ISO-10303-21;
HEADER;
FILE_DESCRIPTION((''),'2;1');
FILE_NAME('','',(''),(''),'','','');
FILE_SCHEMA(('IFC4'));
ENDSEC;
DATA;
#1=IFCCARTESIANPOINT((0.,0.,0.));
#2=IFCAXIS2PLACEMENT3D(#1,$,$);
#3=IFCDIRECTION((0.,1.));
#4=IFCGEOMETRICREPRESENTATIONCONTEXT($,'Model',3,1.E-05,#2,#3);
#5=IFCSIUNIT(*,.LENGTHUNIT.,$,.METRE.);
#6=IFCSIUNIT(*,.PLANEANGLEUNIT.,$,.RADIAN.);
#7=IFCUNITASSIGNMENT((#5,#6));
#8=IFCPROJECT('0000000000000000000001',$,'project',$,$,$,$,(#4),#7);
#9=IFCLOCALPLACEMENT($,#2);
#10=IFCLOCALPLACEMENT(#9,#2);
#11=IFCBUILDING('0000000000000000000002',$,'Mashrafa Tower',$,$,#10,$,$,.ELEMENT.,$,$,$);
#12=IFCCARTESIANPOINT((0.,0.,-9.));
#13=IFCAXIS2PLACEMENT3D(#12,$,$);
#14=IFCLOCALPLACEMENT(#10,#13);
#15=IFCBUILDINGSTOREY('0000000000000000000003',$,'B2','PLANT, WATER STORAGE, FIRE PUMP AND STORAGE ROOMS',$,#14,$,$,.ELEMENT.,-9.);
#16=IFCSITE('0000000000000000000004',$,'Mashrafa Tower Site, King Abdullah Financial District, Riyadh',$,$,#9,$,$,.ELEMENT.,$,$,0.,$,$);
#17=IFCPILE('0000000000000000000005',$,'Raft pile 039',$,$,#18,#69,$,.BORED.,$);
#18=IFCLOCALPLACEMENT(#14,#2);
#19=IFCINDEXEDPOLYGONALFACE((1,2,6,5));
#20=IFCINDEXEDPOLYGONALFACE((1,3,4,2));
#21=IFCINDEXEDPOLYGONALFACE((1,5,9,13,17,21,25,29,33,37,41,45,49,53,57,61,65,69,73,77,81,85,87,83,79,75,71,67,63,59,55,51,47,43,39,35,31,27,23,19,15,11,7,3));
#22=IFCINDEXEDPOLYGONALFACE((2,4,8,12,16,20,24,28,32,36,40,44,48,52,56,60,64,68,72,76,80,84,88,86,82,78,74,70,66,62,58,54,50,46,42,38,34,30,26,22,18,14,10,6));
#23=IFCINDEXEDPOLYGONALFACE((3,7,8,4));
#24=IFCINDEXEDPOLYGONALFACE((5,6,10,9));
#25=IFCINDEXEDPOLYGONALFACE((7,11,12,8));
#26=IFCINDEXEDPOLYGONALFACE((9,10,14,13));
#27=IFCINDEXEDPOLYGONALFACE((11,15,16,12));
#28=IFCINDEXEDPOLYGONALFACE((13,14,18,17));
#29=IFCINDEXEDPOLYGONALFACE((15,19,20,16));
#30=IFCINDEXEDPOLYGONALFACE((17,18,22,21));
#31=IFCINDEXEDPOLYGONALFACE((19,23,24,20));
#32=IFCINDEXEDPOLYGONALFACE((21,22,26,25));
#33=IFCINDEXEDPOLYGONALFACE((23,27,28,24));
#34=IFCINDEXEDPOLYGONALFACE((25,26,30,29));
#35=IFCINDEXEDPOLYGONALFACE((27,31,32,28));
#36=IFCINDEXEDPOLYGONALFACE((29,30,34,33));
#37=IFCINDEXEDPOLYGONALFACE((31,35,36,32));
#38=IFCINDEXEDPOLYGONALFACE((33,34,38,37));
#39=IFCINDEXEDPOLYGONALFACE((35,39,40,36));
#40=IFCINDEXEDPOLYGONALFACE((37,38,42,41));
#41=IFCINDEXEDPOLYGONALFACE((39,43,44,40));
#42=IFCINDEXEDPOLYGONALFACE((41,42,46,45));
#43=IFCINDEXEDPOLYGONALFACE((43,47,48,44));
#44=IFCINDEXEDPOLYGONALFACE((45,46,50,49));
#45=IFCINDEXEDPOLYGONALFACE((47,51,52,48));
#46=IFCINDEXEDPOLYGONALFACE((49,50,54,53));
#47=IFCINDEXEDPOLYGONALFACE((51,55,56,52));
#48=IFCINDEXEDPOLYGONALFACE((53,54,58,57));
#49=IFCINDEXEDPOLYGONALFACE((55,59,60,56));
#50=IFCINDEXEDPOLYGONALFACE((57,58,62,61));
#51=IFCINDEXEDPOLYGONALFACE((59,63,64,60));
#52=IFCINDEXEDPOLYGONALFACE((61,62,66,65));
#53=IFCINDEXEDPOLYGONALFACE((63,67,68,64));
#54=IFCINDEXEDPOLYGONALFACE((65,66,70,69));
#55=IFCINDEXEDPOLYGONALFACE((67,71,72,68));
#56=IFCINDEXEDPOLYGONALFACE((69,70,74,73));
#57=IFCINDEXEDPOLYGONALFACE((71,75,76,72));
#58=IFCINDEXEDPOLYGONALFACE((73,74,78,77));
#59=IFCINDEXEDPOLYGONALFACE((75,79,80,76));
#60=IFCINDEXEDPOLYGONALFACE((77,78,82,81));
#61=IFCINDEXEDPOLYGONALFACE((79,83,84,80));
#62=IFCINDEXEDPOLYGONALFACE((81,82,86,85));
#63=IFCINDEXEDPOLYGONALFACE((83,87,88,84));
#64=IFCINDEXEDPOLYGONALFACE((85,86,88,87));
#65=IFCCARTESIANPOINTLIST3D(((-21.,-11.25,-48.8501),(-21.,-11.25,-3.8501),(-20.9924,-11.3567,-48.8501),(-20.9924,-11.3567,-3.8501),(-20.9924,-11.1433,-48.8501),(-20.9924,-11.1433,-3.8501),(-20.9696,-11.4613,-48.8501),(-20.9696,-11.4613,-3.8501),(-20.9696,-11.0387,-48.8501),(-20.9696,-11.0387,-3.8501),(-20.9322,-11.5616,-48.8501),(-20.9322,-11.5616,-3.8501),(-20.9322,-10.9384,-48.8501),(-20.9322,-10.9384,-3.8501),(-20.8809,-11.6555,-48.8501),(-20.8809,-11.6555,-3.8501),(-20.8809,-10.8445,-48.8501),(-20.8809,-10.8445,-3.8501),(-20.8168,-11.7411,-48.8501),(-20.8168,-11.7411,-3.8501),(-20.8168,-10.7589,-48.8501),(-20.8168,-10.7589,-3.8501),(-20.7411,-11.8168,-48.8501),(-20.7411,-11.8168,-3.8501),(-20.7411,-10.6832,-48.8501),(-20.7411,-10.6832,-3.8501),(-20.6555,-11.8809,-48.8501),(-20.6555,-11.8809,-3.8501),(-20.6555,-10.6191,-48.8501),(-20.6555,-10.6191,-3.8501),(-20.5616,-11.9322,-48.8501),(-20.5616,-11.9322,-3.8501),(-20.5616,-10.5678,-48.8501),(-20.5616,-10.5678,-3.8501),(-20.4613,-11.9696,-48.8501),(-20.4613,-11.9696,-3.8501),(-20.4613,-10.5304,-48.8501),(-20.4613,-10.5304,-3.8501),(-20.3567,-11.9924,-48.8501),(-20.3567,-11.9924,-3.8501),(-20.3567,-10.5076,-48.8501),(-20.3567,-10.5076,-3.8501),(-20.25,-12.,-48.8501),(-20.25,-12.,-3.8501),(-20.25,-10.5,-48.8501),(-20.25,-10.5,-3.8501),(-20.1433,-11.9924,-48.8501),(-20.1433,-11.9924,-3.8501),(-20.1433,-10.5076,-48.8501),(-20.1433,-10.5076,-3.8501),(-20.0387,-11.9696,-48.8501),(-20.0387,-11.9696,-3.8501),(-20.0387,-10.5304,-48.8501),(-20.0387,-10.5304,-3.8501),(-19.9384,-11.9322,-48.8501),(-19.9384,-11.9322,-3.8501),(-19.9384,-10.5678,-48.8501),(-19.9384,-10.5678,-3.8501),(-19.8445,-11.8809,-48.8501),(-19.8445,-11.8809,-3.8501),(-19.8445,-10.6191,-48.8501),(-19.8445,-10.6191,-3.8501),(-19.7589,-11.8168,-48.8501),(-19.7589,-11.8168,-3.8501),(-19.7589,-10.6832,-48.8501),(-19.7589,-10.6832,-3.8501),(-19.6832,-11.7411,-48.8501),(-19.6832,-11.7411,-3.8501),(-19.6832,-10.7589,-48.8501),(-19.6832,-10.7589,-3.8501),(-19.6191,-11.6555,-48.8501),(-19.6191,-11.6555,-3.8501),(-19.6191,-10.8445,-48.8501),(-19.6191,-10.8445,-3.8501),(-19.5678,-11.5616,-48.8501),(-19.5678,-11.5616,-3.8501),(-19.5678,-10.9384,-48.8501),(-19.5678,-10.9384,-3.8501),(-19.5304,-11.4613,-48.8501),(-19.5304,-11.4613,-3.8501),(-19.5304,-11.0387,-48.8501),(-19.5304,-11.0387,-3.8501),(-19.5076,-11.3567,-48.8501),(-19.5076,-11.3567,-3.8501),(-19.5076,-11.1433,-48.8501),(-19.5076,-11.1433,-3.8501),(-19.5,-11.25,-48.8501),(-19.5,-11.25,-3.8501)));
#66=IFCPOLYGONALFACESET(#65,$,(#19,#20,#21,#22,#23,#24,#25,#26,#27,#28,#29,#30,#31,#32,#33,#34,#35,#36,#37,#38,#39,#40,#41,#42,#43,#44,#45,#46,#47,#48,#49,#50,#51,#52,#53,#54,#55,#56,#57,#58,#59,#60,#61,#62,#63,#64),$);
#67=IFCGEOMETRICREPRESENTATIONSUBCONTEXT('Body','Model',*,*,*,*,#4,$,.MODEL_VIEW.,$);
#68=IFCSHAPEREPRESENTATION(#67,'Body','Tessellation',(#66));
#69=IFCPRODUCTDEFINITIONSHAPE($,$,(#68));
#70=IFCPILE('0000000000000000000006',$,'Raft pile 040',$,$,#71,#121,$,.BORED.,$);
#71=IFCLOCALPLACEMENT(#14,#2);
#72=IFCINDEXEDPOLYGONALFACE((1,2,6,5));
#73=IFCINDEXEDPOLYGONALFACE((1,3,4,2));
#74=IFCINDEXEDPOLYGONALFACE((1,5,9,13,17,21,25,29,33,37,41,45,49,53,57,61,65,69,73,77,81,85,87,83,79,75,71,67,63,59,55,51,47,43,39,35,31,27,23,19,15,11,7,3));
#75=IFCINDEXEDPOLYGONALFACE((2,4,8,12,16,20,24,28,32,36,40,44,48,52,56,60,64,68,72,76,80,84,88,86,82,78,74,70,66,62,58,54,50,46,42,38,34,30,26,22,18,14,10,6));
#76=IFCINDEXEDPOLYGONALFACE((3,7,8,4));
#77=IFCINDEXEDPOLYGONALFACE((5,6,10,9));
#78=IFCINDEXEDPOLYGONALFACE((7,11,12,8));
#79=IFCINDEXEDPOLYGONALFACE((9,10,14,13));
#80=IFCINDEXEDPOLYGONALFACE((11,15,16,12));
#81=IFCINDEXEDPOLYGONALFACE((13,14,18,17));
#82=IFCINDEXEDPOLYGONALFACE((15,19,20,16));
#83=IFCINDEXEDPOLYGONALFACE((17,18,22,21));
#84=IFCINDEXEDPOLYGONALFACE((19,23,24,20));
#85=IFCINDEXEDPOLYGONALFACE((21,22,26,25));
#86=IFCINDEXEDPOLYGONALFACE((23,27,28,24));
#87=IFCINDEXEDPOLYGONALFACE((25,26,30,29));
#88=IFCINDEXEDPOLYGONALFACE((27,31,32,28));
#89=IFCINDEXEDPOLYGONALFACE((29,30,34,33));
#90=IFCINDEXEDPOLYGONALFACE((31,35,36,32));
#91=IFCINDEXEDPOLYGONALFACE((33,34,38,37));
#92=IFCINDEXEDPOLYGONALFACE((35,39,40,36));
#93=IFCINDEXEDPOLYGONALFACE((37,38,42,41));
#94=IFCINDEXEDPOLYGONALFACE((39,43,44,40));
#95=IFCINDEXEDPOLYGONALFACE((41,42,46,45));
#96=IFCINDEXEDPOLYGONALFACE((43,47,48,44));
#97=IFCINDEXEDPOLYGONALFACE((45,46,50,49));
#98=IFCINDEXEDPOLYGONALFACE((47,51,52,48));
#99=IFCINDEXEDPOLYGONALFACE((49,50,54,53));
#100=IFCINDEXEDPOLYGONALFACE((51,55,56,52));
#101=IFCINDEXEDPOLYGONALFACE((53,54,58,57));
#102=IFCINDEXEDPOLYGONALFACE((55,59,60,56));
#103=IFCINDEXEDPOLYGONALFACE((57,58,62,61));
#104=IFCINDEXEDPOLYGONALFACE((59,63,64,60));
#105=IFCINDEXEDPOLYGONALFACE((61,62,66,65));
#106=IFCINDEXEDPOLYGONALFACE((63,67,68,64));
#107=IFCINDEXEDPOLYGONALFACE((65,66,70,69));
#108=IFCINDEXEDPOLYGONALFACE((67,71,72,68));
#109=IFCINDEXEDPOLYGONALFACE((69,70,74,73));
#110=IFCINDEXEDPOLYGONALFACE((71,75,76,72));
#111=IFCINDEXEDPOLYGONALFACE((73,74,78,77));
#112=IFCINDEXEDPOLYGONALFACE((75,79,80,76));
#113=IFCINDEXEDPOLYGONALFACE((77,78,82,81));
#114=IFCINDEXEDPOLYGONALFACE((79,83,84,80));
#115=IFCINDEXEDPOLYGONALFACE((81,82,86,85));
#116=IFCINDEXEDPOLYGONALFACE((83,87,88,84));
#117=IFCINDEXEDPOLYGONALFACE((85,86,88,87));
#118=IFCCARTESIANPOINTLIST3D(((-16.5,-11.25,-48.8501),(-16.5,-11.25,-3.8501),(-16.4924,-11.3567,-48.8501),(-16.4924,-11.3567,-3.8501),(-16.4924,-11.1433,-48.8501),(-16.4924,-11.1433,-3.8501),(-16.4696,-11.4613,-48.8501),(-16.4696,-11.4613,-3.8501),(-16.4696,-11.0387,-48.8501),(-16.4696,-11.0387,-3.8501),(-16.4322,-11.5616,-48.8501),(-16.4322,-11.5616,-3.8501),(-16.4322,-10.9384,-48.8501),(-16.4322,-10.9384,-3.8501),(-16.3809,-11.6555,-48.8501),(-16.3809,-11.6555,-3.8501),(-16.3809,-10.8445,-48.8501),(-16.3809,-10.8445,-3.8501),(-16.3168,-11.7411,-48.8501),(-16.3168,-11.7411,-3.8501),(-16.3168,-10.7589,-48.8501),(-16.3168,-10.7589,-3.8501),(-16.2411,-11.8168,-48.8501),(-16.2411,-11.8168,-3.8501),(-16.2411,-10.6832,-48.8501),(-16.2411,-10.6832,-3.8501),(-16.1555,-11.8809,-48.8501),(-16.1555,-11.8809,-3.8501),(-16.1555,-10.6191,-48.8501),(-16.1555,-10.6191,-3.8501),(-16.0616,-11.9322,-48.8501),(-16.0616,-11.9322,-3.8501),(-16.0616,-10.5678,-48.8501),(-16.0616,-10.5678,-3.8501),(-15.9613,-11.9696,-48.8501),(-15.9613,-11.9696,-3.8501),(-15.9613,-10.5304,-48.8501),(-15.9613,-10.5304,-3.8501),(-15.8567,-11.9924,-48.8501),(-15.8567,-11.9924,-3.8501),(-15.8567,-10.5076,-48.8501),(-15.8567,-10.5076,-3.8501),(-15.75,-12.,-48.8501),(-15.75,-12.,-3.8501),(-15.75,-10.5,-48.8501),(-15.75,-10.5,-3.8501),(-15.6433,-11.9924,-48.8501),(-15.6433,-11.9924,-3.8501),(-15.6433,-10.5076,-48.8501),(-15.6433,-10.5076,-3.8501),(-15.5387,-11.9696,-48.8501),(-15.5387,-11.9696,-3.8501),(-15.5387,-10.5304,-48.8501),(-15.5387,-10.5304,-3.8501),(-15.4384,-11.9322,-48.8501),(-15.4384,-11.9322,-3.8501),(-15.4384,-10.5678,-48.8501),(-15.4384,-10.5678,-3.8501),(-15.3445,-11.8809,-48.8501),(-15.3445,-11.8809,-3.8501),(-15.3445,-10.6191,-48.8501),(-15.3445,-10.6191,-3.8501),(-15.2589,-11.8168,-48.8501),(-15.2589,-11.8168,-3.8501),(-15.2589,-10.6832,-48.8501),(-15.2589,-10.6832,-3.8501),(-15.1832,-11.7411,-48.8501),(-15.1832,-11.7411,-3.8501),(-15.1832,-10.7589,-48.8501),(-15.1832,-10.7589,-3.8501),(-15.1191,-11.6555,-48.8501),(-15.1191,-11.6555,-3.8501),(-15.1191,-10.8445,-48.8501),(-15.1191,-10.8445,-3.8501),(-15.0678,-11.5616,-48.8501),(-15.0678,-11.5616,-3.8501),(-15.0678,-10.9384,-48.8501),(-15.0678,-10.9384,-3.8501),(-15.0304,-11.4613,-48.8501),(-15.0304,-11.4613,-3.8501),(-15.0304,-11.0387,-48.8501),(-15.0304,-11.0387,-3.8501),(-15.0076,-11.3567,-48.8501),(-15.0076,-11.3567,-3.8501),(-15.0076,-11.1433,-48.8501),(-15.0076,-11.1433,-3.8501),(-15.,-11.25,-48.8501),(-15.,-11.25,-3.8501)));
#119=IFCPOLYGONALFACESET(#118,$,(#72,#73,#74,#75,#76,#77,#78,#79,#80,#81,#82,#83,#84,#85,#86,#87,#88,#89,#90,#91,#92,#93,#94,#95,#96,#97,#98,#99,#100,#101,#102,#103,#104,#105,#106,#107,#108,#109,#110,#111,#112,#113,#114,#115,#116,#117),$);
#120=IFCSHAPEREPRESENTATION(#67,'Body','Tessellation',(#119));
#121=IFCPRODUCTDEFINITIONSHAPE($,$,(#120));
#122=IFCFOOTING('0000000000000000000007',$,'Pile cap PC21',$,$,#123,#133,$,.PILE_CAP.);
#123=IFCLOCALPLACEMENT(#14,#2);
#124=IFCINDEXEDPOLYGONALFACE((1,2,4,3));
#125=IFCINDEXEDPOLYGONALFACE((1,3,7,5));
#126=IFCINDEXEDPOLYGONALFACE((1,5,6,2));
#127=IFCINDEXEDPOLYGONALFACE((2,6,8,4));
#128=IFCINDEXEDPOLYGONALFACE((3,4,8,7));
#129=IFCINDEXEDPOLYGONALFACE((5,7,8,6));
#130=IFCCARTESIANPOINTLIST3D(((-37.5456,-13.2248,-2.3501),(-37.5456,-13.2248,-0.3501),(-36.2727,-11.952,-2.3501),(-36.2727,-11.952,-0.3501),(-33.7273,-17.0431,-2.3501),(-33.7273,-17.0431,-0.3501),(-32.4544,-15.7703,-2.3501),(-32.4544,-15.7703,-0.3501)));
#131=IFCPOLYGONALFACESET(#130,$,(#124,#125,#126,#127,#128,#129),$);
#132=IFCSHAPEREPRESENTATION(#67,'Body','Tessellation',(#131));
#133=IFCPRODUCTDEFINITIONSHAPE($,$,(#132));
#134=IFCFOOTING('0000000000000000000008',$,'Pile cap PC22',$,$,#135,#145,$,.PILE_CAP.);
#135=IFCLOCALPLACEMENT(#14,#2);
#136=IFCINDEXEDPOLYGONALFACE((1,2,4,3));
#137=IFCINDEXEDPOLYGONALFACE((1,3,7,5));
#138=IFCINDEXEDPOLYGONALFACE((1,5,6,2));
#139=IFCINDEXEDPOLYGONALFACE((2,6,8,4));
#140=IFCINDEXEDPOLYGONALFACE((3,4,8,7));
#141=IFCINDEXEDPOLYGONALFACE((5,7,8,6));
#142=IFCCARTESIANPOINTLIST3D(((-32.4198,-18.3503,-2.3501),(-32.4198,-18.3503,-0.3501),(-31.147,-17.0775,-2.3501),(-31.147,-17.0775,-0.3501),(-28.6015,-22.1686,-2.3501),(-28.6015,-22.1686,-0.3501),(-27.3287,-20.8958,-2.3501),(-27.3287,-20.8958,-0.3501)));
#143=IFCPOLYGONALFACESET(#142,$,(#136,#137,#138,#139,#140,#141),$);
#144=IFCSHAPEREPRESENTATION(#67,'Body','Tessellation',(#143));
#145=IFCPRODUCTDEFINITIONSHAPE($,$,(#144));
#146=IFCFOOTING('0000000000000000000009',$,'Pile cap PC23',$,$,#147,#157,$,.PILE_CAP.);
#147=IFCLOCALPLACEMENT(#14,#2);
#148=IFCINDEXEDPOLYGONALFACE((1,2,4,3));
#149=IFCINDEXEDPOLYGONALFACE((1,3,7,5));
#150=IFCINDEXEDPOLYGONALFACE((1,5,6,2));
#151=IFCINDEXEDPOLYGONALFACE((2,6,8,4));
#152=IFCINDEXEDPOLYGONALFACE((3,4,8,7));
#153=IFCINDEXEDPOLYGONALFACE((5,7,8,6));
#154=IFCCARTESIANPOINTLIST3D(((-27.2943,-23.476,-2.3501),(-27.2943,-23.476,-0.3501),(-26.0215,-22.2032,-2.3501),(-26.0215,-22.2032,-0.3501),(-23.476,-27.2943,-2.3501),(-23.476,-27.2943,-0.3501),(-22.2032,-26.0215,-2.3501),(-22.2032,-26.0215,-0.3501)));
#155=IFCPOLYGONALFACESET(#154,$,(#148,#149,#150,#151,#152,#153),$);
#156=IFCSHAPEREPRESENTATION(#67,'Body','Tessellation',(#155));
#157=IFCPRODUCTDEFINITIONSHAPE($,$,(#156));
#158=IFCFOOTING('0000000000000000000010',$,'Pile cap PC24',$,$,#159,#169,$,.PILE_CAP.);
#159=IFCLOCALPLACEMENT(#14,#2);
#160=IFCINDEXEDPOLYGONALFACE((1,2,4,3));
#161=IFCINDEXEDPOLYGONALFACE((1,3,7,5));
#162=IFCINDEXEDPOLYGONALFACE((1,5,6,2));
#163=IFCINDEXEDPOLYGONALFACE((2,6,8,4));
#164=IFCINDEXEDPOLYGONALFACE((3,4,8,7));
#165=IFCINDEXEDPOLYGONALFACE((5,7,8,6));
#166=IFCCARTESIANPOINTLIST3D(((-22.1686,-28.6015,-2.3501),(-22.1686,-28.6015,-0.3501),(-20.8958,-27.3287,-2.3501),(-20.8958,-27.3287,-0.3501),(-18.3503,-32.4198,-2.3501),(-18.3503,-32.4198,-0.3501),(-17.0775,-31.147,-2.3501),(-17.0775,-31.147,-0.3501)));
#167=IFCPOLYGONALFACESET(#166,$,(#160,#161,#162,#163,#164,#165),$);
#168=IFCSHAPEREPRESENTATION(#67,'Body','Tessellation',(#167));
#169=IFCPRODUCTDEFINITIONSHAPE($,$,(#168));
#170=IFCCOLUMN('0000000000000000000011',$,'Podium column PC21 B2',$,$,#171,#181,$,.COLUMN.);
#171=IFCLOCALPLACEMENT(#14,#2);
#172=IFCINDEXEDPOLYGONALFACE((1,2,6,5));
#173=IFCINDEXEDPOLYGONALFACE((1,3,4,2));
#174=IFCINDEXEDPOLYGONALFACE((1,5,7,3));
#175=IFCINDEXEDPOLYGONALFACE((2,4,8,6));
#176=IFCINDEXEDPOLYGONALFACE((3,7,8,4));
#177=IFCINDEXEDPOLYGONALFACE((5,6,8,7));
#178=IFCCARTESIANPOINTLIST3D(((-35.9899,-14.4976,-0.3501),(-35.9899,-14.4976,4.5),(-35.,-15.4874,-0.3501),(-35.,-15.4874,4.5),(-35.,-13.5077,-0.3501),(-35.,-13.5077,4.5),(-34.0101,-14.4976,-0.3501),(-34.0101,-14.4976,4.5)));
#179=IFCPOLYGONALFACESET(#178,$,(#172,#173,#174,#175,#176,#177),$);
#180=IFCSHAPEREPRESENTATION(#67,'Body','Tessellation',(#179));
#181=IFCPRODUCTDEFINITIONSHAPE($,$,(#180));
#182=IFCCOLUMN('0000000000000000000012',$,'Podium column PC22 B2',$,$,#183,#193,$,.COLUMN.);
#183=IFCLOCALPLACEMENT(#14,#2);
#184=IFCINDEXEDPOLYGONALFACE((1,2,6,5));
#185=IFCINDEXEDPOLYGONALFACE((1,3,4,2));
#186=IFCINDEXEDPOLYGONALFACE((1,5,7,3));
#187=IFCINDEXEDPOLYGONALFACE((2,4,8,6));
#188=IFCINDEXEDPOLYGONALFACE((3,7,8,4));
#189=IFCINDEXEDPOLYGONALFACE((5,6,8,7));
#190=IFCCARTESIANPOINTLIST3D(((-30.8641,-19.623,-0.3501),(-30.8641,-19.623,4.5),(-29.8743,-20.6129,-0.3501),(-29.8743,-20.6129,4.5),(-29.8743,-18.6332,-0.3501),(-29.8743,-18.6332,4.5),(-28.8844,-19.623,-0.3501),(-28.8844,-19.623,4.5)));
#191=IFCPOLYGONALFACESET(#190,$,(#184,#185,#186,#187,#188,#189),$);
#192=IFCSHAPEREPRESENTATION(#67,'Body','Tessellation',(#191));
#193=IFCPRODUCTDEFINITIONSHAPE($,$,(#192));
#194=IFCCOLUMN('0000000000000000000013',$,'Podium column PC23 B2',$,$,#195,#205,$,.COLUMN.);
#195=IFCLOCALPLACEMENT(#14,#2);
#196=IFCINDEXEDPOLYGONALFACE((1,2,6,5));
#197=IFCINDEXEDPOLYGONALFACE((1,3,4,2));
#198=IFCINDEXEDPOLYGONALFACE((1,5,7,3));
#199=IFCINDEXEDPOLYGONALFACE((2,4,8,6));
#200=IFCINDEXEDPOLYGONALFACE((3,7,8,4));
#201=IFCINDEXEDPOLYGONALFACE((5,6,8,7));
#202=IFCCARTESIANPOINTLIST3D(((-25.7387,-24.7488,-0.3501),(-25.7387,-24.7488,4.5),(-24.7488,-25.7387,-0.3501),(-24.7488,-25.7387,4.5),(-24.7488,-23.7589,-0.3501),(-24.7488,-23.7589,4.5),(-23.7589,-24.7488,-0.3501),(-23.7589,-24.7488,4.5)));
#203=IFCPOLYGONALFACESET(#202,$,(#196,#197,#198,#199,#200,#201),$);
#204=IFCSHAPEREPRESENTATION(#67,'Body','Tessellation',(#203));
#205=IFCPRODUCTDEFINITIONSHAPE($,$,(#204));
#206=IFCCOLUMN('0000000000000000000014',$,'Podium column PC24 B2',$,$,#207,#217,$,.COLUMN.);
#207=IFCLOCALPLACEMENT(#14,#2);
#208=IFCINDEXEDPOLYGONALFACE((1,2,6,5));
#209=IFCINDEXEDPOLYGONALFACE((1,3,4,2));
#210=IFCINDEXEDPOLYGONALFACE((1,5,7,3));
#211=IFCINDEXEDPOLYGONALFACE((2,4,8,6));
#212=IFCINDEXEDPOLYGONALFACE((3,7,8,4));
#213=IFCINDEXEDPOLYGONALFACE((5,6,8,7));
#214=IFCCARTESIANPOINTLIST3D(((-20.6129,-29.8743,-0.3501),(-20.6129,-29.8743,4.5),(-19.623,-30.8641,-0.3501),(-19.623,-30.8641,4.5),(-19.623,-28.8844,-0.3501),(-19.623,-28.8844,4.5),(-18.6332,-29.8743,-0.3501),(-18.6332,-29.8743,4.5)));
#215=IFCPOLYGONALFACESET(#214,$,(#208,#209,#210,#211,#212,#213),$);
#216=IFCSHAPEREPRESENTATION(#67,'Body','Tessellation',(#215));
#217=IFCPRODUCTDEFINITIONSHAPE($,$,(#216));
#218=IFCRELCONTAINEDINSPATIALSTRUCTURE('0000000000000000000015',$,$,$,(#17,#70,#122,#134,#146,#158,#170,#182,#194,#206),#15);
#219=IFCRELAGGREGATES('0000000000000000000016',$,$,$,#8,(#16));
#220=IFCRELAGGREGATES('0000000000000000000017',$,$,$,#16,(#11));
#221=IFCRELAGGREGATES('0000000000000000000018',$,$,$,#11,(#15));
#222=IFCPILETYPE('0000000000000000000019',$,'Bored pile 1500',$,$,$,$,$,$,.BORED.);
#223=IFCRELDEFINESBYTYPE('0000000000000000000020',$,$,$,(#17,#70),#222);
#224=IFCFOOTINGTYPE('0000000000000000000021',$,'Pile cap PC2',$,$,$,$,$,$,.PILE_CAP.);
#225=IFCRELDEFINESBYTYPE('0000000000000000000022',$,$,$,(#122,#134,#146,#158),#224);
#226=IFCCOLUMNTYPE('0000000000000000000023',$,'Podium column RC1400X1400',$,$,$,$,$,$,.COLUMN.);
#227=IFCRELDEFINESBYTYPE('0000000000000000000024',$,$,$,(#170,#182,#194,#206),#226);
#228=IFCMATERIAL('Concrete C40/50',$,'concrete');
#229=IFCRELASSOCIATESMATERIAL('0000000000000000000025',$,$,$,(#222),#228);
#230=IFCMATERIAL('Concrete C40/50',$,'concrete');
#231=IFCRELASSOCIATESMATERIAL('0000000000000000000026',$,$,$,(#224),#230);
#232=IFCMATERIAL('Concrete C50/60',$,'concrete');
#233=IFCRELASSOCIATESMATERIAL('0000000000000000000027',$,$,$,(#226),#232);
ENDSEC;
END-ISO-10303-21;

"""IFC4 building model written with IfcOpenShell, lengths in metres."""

from ifc_helpers import new_model, si_unit, direction, frame, origin, origin_2d, place, context, subcontext, project, spatial, rectangle, circle, extrude, material, material_profile, profile_set, type_object, element, save


model = new_model("IFC4")

# Units and contexts
model_context = context("Model", 3, precision=1e-05, world=origin(), true_north=direction((0.0, 1.0)))
body_context = subcontext(model_context, "Body", "Model", "MODEL_VIEW")
ifc_project = project(units=[si_unit("LENGTHUNIT", "METRE"), si_unit("PLANEANGLEUNIT", "RADIAN")], contexts=[model_context])

# Site, building, storey
site_placement = place(None, origin())
site = spatial("IfcSite", under=ifc_project, at=site_placement, Name="Mashrafa Tower Site, King Abdullah Financial District, Riyadh", CompositionType="ELEMENT", RefElevation=0.0)
building_placement = place(site_placement, origin())
building = spatial("IfcBuilding", under=site, at=building_placement, Name="Mashrafa Tower", CompositionType="ELEMENT")
storey_placement = place(building_placement, frame((0.0, 0.0, -9.0)))
storey = spatial("IfcBuildingStorey", under=building, at=storey_placement, Name="B2", Description="PLANT, WATER STORAGE, FIRE PUMP AND STORAGE ROOMS", CompositionType="ELEMENT", Elevation=-9.0)

# Piles
ifc_material_1 = material(Name="Concrete C40/50", Category="concrete")
ifc_material_profile_1 = material_profile(ifc_material_1, circle(Radius=0.75, at=origin_2d()), Name="1500 DIA")
ifc_profile_set_1 = profile_set([ifc_material_profile_1], Name="Concrete C40/50")
pile_type_1 = type_object("IfcPileType", Name="Bored pile 1500", PredefinedType="BORED", material=ifc_profile_set_1)
for number, where, z_axis, x_axis, name in (
    (1, (-20.25, -11.25, -3.8501), (0.0, 0.0, -1.0), (1.0, 0.0, 0.0), "Raft pile 039"),
    (2, (-15.75, -11.25, -3.8501), (0.0, 0.0, -1.0), (1.0, 0.0, 0.0), "Raft pile 040"),
):
    element("IfcPile", number, at=place(storey_placement, frame(where, z_axis=z_axis, x_axis=x_axis)), inside=storey, type_object=pile_type_1, Name=name, PredefinedType="BORED", context=body_context, shape_type="SweptSolid", body=[
        extrude(circle(Radius=0.75, at=origin_2d()), origin(), (0.0, 0.0, 1.0), 45.0),
    ])

# Footings
ifc_material_2 = material(Name="Concrete C40/50", Category="concrete")
footing_type = type_object("IfcFootingType", Name="Pile cap PC2", PredefinedType="PILE_CAP", material=ifc_material_2)
for number, where, z_axis, x_axis, name in (
    (3, (-35.0, -14.4976, -2.3501), (0.0, 0.0, 1.0), (0.707107, -0.707107, 0.0), "Pile cap PC21"),
    (4, (-29.8743, -19.623, -2.3501), (0.0, 0.0, 1.0), (0.707107, -0.707107, 0.0), "Pile cap PC22"),
    (5, (-24.7488, -24.7488, -2.3501), (0.0, 0.0, 1.0), (0.707107, -0.707107, 0.0), "Pile cap PC23"),
    (6, (-19.623, -29.8743, -2.3501), (0.0, 0.0, 1.0), (0.707107, -0.707107, 0.0), "Pile cap PC24"),
):
    element("IfcFooting", number, at=place(storey_placement, frame(where, z_axis=z_axis, x_axis=x_axis)), inside=storey, type_object=footing_type, Name=name, PredefinedType="PILE_CAP", context=body_context, shape_type="SweptSolid", body=[
        extrude(rectangle(XDim=5.3999, YDim=1.8, at=origin_2d()), origin(), (0.0, 0.0, 1.0), 2.0),
    ])

# Columns
ifc_material_3 = material(Name="Concrete C50/60", Category="concrete")
ifc_material_profile_2 = material_profile(ifc_material_3, rectangle(XDim=1.3999, YDim=1.3999, at=origin_2d()), Name="RC1400X1400")
ifc_profile_set_2 = profile_set([ifc_material_profile_2], Name="Concrete C50/60")
column_type_1 = type_object("IfcColumnType", Name="Podium column RC1400X1400", PredefinedType="COLUMN", material=ifc_profile_set_2)
for number, where, z_axis, x_axis, name in (
    (7, (-35.0, -14.4976, -0.3501), (0.0, 0.0, 1.0), (0.707107, 0.707107, 0.0), "Podium column PC21 B2"),
    (8, (-29.8743, -19.623, -0.3501), (0.0, 0.0, 1.0), (0.707107, 0.707107, 0.0), "Podium column PC22 B2"),
    (9, (-24.7488, -24.7488, -0.3501), (0.0, 0.0, 1.0), (0.707107, 0.707107, 0.0), "Podium column PC23 B2"),
    (10, (-19.623, -29.8743, -0.3501), (0.0, 0.0, 1.0), (0.707107, 0.707107, 0.0), "Podium column PC24 B2"),
):
    element("IfcColumn", number, at=place(storey_placement, frame(where, z_axis=z_axis, x_axis=x_axis)), inside=storey, type_object=column_type_1, Name=name, PredefinedType="COLUMN", context=body_context, shape_type="SweptSolid", body=[
        extrude(rectangle(XDim=1.3999, YDim=1.3999, at=origin_2d()), origin(), (0.0, 0.0, 1.0), 4.8501),
    ])

save(model, "model.ifc")
